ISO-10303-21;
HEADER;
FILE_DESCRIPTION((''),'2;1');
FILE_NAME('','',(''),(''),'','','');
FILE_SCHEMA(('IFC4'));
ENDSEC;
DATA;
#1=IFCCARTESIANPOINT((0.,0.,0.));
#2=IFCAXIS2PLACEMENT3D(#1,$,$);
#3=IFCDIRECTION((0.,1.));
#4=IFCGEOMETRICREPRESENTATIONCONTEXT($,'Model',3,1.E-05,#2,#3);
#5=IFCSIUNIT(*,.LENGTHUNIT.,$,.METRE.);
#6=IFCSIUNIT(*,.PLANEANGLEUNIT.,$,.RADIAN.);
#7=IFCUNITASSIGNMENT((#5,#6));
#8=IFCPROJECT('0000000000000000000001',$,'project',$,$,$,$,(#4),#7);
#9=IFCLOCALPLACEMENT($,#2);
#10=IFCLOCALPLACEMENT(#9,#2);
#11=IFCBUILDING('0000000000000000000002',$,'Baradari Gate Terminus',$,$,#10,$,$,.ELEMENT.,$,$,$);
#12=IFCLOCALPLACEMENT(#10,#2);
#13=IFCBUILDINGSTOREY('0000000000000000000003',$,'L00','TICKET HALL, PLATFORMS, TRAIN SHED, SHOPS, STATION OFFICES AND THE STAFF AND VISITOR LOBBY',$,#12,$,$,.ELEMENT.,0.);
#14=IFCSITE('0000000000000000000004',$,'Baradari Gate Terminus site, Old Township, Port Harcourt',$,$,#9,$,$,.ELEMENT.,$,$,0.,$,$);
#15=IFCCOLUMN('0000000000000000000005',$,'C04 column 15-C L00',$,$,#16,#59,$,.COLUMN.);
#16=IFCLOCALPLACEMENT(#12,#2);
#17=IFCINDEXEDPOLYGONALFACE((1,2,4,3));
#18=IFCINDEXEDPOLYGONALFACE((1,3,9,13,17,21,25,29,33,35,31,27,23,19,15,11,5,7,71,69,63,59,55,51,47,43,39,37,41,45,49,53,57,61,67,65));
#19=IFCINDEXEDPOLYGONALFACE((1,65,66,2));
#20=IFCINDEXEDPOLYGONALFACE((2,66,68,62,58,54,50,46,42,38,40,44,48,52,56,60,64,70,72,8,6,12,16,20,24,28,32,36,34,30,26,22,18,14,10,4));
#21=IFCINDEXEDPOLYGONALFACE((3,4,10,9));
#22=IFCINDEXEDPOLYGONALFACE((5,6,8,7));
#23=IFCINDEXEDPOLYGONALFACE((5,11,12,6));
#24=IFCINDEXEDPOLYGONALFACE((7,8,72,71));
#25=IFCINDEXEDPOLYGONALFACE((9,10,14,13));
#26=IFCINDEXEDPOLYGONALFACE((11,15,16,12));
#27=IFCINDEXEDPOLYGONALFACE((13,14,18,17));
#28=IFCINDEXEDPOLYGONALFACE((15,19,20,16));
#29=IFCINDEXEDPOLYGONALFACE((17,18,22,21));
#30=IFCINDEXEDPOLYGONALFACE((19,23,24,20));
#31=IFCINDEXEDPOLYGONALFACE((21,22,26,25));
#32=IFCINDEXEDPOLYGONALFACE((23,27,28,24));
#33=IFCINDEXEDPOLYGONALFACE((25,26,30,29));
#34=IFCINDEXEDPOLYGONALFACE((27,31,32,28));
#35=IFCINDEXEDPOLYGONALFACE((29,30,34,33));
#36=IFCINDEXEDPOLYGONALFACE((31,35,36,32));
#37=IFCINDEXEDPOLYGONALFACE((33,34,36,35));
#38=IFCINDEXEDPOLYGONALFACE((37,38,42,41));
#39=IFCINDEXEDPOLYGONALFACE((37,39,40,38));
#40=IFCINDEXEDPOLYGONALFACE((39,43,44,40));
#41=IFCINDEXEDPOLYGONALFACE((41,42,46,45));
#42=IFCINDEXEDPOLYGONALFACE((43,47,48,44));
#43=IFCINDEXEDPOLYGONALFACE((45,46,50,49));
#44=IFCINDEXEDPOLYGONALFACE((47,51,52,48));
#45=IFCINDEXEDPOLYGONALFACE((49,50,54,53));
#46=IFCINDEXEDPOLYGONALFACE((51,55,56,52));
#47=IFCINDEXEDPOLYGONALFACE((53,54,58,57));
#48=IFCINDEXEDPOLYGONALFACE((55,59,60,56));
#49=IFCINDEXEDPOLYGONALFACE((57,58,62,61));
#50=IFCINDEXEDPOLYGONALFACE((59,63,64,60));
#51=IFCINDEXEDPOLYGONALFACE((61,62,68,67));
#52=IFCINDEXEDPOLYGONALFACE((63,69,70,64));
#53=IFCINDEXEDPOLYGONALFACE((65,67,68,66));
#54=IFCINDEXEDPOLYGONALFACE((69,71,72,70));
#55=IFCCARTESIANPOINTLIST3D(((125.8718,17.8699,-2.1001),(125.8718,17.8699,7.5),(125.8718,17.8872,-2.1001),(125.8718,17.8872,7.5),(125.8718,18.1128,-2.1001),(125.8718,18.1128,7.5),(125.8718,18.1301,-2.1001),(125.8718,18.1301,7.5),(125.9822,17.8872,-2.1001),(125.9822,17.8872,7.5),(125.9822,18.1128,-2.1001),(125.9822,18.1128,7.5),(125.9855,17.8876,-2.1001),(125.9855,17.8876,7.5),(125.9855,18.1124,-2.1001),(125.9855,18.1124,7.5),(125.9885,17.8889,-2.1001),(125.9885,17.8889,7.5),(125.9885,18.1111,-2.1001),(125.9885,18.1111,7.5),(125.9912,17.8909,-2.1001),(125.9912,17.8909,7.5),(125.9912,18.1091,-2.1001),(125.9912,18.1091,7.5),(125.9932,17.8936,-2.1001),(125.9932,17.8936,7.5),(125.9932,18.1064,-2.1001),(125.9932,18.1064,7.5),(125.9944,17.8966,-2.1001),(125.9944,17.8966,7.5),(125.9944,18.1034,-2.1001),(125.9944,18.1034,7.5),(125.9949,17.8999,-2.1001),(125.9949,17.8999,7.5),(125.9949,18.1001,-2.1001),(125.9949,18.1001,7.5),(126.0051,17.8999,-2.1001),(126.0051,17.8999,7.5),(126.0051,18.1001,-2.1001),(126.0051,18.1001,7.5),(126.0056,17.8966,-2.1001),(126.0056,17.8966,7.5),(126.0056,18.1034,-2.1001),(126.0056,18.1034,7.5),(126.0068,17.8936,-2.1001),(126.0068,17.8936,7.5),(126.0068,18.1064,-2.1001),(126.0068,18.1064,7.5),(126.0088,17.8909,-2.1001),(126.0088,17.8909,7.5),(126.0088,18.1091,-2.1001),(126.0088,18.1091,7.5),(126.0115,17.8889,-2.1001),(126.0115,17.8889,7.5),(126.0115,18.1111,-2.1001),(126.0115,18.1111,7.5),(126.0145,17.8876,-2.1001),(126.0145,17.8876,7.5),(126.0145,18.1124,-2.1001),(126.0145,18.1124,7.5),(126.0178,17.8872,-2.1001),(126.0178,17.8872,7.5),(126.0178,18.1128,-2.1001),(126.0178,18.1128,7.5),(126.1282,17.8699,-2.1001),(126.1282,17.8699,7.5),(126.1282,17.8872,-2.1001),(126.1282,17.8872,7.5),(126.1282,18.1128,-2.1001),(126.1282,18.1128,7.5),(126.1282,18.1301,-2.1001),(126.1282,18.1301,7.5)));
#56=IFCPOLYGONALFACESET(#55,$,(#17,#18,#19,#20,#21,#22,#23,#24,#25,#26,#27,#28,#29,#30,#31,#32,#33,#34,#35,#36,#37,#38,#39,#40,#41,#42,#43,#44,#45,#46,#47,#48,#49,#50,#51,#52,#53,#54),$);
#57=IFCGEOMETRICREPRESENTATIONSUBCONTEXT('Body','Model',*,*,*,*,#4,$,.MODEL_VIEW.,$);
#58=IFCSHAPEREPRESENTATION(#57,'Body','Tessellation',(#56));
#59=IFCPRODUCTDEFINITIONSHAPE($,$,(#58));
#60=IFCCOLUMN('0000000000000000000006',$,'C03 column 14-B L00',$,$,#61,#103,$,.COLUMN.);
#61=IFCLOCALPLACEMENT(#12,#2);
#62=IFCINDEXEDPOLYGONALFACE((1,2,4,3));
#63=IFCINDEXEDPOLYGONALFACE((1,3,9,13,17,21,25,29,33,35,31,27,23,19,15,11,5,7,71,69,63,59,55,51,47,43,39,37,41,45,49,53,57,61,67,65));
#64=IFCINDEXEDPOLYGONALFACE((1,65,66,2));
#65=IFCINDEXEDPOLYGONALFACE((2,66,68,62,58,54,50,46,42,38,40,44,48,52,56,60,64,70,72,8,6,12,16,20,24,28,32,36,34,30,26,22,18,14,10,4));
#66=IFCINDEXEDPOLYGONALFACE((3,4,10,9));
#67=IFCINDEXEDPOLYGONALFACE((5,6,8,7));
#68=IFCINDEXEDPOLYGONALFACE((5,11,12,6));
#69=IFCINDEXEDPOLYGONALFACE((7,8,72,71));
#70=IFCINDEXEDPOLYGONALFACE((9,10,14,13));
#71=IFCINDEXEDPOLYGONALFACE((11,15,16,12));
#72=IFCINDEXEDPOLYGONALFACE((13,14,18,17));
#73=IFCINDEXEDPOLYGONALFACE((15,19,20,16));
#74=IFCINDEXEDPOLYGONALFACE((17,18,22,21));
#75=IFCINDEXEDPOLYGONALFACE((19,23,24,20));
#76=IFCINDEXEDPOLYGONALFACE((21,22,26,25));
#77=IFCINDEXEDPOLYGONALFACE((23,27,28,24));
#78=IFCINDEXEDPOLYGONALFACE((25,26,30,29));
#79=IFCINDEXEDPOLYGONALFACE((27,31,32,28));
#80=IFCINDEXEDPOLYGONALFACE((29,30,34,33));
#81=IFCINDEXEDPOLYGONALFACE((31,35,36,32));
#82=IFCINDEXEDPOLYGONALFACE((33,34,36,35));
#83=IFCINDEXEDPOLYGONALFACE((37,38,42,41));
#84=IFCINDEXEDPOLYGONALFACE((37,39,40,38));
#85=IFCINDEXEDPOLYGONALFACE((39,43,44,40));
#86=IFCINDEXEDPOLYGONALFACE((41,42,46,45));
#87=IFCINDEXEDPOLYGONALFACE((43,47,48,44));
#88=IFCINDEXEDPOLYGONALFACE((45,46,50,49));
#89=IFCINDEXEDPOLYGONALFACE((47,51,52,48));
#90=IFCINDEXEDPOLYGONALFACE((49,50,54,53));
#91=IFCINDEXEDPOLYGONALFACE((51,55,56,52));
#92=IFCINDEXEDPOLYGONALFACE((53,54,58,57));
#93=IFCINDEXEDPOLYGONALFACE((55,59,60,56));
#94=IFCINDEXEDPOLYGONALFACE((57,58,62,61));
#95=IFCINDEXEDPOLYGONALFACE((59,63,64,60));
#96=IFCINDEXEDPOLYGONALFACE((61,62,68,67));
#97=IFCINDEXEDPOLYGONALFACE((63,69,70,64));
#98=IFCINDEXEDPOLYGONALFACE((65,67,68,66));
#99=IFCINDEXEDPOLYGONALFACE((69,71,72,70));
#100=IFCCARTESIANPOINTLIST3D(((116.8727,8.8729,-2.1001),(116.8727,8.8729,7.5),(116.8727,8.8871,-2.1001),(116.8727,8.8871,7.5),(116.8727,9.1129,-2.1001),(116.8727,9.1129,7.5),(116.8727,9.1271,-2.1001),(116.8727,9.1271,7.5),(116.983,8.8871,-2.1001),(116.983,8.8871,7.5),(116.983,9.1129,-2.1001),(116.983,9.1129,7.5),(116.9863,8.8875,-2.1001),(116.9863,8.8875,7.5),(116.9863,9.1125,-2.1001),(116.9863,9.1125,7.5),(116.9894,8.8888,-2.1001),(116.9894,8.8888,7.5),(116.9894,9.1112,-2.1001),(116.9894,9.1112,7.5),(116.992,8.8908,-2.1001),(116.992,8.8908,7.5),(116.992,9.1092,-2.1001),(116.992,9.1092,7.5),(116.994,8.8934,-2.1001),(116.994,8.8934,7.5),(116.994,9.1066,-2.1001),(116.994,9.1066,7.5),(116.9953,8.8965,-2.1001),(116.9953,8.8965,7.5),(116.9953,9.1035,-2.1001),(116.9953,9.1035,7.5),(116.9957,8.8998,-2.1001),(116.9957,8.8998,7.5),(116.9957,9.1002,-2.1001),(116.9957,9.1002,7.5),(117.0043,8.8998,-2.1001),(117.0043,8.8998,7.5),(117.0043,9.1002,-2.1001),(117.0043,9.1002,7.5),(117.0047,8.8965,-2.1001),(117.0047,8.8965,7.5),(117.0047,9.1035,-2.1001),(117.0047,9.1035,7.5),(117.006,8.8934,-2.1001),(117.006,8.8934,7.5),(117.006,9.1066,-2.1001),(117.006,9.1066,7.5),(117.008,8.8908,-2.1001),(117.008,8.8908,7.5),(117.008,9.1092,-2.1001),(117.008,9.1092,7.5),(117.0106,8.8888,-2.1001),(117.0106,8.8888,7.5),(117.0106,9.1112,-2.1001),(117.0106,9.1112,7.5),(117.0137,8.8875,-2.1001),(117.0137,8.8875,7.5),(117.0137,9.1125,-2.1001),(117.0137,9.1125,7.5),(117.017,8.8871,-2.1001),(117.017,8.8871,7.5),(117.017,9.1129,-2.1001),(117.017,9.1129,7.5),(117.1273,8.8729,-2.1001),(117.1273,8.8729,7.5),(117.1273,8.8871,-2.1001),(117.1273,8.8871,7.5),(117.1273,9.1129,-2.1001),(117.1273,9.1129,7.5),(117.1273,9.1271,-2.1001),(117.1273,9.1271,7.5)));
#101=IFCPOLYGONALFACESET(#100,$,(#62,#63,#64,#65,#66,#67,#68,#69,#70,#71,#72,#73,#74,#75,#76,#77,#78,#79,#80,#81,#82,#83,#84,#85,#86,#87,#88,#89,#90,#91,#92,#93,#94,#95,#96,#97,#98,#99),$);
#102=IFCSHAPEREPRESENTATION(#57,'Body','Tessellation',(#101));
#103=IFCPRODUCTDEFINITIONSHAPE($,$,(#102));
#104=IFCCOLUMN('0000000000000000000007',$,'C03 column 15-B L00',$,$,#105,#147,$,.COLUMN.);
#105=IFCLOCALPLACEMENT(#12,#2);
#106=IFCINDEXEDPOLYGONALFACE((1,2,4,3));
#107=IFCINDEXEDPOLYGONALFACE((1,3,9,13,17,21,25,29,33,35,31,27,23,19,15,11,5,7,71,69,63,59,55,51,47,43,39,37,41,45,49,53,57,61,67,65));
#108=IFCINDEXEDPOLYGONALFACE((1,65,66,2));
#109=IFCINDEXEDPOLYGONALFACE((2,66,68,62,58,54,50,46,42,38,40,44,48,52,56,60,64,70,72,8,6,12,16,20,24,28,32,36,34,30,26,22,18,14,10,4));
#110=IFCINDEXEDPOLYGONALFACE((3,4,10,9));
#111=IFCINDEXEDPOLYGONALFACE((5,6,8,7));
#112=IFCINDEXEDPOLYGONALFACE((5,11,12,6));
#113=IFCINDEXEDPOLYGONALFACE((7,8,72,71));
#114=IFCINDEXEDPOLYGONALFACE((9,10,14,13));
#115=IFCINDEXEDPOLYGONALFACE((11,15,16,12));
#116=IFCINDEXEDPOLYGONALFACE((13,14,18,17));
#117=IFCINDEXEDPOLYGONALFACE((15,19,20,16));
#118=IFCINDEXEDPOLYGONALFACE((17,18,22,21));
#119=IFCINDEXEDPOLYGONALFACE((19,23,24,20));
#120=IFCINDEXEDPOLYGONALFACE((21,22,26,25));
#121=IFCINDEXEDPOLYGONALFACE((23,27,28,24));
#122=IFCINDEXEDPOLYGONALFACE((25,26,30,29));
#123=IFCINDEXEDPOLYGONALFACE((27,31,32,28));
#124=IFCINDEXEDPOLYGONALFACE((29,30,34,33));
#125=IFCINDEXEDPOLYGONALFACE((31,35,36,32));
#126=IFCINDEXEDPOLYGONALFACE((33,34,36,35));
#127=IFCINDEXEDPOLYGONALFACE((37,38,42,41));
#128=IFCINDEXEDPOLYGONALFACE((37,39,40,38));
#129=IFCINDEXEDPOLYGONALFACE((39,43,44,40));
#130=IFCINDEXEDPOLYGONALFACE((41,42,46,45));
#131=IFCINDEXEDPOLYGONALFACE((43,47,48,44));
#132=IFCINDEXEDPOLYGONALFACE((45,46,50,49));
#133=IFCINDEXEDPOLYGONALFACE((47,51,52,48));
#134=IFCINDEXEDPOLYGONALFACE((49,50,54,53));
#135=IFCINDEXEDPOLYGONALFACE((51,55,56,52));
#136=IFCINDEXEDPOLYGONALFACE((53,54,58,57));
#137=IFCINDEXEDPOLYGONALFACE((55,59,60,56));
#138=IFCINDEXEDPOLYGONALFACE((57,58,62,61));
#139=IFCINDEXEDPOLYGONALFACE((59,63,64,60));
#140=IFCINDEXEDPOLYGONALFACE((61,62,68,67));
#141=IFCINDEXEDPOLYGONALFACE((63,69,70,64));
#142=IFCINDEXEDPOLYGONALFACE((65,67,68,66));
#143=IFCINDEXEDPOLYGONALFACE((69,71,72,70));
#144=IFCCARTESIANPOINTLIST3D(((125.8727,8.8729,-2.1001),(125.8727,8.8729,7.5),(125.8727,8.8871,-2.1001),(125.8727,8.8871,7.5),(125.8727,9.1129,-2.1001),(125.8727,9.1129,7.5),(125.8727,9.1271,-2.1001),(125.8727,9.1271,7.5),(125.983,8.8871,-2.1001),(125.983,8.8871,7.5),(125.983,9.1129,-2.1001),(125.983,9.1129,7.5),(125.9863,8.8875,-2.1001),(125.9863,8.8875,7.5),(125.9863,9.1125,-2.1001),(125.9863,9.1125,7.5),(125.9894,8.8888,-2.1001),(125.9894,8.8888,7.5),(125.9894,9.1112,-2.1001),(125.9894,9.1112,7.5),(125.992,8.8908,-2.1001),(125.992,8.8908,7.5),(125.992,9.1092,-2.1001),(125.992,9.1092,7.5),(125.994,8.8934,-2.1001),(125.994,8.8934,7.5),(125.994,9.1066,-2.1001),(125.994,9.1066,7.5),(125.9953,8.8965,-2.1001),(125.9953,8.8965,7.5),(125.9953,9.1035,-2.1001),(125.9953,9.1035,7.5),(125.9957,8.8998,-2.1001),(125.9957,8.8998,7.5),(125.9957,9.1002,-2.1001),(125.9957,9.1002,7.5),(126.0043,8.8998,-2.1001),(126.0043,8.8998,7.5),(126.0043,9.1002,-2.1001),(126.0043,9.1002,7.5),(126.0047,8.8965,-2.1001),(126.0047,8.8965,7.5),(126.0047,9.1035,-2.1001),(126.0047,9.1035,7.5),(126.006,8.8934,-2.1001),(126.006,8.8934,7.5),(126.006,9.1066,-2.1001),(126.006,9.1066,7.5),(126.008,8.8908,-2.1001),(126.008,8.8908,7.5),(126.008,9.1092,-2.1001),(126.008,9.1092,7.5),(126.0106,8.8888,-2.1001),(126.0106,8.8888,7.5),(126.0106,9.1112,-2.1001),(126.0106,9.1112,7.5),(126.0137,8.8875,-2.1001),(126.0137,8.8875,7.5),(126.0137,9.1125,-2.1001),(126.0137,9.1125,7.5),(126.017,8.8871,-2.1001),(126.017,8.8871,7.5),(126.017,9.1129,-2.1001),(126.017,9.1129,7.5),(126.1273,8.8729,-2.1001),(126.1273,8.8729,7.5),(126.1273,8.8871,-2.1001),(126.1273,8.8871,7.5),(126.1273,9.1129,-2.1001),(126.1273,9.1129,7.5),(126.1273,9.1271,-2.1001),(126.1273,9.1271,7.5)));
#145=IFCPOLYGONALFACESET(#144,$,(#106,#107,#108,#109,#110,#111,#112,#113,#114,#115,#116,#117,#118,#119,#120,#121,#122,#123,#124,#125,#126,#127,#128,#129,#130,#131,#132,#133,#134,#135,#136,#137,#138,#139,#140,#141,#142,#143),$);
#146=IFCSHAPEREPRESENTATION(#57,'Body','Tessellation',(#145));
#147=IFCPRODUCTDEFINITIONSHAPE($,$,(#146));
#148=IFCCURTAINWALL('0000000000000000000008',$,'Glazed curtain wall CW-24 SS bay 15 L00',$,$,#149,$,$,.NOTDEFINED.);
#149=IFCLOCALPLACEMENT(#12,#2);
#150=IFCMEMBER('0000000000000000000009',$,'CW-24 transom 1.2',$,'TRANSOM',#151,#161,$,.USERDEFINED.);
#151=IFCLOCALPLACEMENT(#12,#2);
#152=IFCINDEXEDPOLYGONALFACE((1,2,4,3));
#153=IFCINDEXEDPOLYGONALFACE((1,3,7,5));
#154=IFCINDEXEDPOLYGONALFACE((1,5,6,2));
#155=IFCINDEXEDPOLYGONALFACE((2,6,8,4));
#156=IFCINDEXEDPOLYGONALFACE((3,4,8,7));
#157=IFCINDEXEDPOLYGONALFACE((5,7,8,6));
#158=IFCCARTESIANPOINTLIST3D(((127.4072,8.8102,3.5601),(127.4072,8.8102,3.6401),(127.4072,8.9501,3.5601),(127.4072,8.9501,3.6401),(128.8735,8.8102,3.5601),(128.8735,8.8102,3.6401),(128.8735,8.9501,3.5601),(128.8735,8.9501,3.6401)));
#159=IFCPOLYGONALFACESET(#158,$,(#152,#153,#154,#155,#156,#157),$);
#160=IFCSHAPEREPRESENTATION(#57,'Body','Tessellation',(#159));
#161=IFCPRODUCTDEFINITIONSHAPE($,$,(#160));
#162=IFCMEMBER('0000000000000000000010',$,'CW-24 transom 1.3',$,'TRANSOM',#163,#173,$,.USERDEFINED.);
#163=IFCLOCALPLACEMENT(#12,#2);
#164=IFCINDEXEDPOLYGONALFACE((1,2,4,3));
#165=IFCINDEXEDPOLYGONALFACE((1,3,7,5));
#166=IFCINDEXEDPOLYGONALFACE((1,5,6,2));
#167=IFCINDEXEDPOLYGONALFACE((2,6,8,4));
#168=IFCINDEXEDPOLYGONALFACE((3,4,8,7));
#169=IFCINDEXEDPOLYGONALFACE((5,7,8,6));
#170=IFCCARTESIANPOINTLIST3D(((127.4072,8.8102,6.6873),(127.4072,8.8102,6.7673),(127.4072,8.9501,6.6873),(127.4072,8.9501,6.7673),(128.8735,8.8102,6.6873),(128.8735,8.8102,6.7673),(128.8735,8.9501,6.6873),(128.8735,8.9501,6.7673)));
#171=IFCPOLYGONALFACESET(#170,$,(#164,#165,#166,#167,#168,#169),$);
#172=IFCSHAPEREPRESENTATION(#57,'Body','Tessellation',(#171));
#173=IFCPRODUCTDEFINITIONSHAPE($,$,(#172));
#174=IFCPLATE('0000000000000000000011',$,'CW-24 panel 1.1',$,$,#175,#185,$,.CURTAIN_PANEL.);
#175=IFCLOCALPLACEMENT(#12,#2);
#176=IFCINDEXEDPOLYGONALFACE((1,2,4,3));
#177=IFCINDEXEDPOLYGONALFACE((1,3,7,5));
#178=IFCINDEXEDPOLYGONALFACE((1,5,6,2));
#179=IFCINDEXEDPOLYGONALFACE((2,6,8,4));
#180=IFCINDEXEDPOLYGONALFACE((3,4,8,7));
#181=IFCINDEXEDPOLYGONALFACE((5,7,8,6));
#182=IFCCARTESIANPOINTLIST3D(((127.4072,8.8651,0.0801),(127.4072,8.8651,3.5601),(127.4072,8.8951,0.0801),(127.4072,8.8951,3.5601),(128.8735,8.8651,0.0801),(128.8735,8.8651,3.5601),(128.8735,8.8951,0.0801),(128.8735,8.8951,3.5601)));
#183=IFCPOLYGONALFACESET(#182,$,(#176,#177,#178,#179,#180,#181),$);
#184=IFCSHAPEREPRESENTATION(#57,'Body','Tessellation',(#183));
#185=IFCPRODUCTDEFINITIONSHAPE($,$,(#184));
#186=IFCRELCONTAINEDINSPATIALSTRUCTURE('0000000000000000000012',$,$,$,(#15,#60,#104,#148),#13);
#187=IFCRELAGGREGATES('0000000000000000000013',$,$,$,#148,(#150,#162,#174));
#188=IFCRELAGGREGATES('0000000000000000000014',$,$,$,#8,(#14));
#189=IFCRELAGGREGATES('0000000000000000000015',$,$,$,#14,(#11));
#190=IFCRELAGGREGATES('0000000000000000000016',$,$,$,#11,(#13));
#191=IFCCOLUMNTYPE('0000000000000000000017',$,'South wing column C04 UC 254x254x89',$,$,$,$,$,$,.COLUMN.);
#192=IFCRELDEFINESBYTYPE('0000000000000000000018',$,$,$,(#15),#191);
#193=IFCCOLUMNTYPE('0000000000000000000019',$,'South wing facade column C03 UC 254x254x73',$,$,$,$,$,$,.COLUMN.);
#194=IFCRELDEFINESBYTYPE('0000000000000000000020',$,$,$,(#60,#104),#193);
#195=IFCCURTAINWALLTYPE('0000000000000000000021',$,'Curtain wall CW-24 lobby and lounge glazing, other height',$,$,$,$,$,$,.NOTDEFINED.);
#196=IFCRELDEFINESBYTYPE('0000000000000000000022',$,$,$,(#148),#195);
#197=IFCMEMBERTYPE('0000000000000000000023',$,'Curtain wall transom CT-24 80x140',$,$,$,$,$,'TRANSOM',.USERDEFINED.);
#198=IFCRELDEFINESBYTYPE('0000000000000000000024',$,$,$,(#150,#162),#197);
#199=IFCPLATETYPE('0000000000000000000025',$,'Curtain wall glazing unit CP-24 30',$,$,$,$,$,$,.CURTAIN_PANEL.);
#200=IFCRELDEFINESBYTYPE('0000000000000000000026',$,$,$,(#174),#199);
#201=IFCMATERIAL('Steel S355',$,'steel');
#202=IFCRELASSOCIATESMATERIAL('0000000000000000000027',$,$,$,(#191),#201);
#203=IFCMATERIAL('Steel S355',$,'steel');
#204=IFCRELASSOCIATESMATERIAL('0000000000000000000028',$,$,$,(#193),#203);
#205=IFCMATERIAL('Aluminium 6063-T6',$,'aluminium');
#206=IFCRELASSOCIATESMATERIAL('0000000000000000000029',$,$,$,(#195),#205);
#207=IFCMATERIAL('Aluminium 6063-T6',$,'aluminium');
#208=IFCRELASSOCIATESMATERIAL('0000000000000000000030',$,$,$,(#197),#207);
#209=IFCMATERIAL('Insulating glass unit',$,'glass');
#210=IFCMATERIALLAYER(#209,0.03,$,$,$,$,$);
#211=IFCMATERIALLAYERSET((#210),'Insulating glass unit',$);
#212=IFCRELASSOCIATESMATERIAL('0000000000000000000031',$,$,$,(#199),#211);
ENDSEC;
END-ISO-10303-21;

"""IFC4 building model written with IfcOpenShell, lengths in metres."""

from ifc_helpers import new_model, si_unit, direction, frame, origin, origin_2d, place, context, subcontext, project, spatial, rectangle, i_section, extrude, material, layer, layer_set, material_profile, profile_set, type_object, element, aggregate, save


model = new_model("IFC4")

# Units and contexts
model_context = context("Model", 3, precision=1e-05, world=origin(), true_north=direction((0.0, 1.0)))
body_context = subcontext(model_context, "Body", "Model", "MODEL_VIEW")
ifc_project = project(units=[si_unit("LENGTHUNIT", "METRE"), si_unit("PLANEANGLEUNIT", "RADIAN")], contexts=[model_context])

# Site, building, storey
site_placement = place(None, origin())
site = spatial("IfcSite", under=ifc_project, at=site_placement, Name="Baradari Gate Terminus site, Old Township, Port Harcourt", CompositionType="ELEMENT", RefElevation=0.0)
building_placement = place(site_placement, origin())
building = spatial("IfcBuilding", under=site, at=building_placement, Name="Baradari Gate Terminus", CompositionType="ELEMENT")
storey_placement = place(building_placement, origin())
storey = spatial("IfcBuildingStorey", under=building, at=storey_placement, Name="L00", Description="TICKET HALL, PLATFORMS, TRAIN SHED, SHOPS, STATION OFFICES AND THE STAFF AND VISITOR LOBBY", CompositionType="ELEMENT", Elevation=0.0)

# Columns
ifc_material_1 = material(Name="Steel S355", Category="steel")
ifc_material_profile_1 = material_profile(ifc_material_1, i_section(OverallWidth=0.2563, OverallDepth=0.2603, WebThickness=0.0103, FlangeThickness=0.0173, FilletRadius=0.0127, at=origin_2d()), Name="UC 254x254x89")
ifc_profile_set_1 = profile_set([ifc_material_profile_1], Name="Steel S355")
column_type_1 = type_object("IfcColumnType", Name="South wing column C04 UC 254x254x89", PredefinedType="COLUMN", material=ifc_profile_set_1)
for number, where, z_axis, x_axis, name in (
    (1, (126.0, 18.0, -2.1001), (0.0, 0.0, 1.0), (1.0, 0.0, 0.0), "C04 column 15-C L00"),
):
    element("IfcColumn", number, at=place(storey_placement, frame(where, z_axis=z_axis, x_axis=x_axis)), inside=storey, type_object=column_type_1, Name=name, PredefinedType="COLUMN", context=body_context, shape_type="SweptSolid", body=[
        extrude(i_section(OverallWidth=0.2563, OverallDepth=0.2603, WebThickness=0.0103, FlangeThickness=0.0173, FilletRadius=0.0127, at=origin_2d()), origin(), (0.0, 0.0, 1.0), 9.6001),
    ])
ifc_material_2 = material(Name="Steel S355", Category="steel")
ifc_material_profile_2 = material_profile(ifc_material_2, i_section(OverallWidth=0.2546, OverallDepth=0.2542, WebThickness=0.0085, FlangeThickness=0.0142, FilletRadius=0.0127, at=origin_2d()), Name="UC 254x254x73")
ifc_profile_set_2 = profile_set([ifc_material_profile_2], Name="Steel S355")
column_type_2 = type_object("IfcColumnType", Name="South wing facade column C03 UC 254x254x73", PredefinedType="COLUMN", material=ifc_profile_set_2)
for number, where, z_axis, x_axis, name in (
    (2, (117.0, 9.0, -2.1001), (0.0, 0.0, 1.0), (1.0, 0.0, 0.0), "C03 column 14-B L00"),
    (3, (126.0, 9.0, -2.1001), (0.0, 0.0, 1.0), (1.0, 0.0, 0.0), "C03 column 15-B L00"),
):
    element("IfcColumn", number, at=place(storey_placement, frame(where, z_axis=z_axis, x_axis=x_axis)), inside=storey, type_object=column_type_2, Name=name, PredefinedType="COLUMN", context=body_context, shape_type="SweptSolid", body=[
        extrude(i_section(OverallWidth=0.2546, OverallDepth=0.2542, WebThickness=0.0085, FlangeThickness=0.0142, FilletRadius=0.0127, at=origin_2d()), origin(), (0.0, 0.0, 1.0), 9.6001),
    ])

# Curtain wall, members, plate
ifc_material_3 = material(Name="Aluminium 6063-T6", Category="aluminium")
curtain_wall_type = type_object("IfcCurtainWallType", Name="Curtain wall CW-24 lobby and lounge glazing, other height", PredefinedType="NOTDEFINED", material=ifc_material_3)
curtain_wall_placement = place(storey_placement, origin())
curtain_wall = element("IfcCurtainWall", 4, at=curtain_wall_placement, inside=storey, type_object=curtain_wall_type, Name="Glazed curtain wall CW-24 SS bay 15 L00", PredefinedType="NOTDEFINED")
ifc_material_4 = material(Name="Aluminium 6063-T6", Category="aluminium")
ifc_material_profile_3 = material_profile(ifc_material_4, rectangle(XDim=0.1399, YDim=0.0801, at=origin_2d()), Name="CT-24 80X140")
ifc_profile_set_3 = profile_set([ifc_material_profile_3], Name="Aluminium 6063-T6")
member_type = type_object("IfcMemberType", Name="Curtain wall transom CT-24 80x140", ElementType="TRANSOM", PredefinedType="USERDEFINED", material=ifc_profile_set_3)
member_1_placement = place(storey_placement, frame((127.4072, 8.8801, 3.6001), z_axis=(1.0, 0.0, 0.0), x_axis=(0.0, 1.0, 0.0)))
member_1 = element("IfcMember", 5, at=member_1_placement, type_object=member_type, Name="CW-24 transom 1.2", ObjectType="TRANSOM", PredefinedType="USERDEFINED", context=body_context, shape_type="SweptSolid", body=[
    extrude(rectangle(XDim=0.1399, YDim=0.0801, at=origin_2d()), origin(), (0.0, 0.0, 1.0), 1.4663),
])
member_2_placement = place(storey_placement, frame((127.4072, 8.8801, 6.7273), z_axis=(1.0, 0.0, 0.0), x_axis=(0.0, 1.0, 0.0)))
member_2 = element("IfcMember", 6, at=member_2_placement, type_object=member_type, Name="CW-24 transom 1.3", ObjectType="TRANSOM", PredefinedType="USERDEFINED", context=body_context, shape_type="SweptSolid", body=[
    extrude(rectangle(XDim=0.1399, YDim=0.0801, at=origin_2d()), origin(), (0.0, 0.0, 1.0), 1.4663),
])
ifc_material_5 = material(Name="Insulating glass unit", Category="glass")
ifc_layer_1 = layer(ifc_material_5, 0.03)
ifc_layer_set_1 = layer_set([ifc_layer_1], Name="Insulating glass unit")
plate_type = type_object("IfcPlateType", Name="Curtain wall glazing unit CP-24 30", PredefinedType="CURTAIN_PANEL", material=ifc_layer_set_1)
plate_placement = place(storey_placement, frame((128.1404, 8.8801, 0.0801), z_axis=(0.0, 0.0, 1.0), x_axis=(1.0, 0.0, 0.0)))
plate = element("IfcPlate", 7, at=plate_placement, type_object=plate_type, Name="CW-24 panel 1.1", PredefinedType="CURTAIN_PANEL", context=body_context, shape_type="SweptSolid", body=[
    extrude(rectangle(XDim=1.4663, YDim=0.03, at=origin_2d()), origin(), (0.0, 0.0, 1.0), 3.48),
])
aggregate(curtain_wall, [member_1, member_2, plate])

save(model, "model.ifc")
